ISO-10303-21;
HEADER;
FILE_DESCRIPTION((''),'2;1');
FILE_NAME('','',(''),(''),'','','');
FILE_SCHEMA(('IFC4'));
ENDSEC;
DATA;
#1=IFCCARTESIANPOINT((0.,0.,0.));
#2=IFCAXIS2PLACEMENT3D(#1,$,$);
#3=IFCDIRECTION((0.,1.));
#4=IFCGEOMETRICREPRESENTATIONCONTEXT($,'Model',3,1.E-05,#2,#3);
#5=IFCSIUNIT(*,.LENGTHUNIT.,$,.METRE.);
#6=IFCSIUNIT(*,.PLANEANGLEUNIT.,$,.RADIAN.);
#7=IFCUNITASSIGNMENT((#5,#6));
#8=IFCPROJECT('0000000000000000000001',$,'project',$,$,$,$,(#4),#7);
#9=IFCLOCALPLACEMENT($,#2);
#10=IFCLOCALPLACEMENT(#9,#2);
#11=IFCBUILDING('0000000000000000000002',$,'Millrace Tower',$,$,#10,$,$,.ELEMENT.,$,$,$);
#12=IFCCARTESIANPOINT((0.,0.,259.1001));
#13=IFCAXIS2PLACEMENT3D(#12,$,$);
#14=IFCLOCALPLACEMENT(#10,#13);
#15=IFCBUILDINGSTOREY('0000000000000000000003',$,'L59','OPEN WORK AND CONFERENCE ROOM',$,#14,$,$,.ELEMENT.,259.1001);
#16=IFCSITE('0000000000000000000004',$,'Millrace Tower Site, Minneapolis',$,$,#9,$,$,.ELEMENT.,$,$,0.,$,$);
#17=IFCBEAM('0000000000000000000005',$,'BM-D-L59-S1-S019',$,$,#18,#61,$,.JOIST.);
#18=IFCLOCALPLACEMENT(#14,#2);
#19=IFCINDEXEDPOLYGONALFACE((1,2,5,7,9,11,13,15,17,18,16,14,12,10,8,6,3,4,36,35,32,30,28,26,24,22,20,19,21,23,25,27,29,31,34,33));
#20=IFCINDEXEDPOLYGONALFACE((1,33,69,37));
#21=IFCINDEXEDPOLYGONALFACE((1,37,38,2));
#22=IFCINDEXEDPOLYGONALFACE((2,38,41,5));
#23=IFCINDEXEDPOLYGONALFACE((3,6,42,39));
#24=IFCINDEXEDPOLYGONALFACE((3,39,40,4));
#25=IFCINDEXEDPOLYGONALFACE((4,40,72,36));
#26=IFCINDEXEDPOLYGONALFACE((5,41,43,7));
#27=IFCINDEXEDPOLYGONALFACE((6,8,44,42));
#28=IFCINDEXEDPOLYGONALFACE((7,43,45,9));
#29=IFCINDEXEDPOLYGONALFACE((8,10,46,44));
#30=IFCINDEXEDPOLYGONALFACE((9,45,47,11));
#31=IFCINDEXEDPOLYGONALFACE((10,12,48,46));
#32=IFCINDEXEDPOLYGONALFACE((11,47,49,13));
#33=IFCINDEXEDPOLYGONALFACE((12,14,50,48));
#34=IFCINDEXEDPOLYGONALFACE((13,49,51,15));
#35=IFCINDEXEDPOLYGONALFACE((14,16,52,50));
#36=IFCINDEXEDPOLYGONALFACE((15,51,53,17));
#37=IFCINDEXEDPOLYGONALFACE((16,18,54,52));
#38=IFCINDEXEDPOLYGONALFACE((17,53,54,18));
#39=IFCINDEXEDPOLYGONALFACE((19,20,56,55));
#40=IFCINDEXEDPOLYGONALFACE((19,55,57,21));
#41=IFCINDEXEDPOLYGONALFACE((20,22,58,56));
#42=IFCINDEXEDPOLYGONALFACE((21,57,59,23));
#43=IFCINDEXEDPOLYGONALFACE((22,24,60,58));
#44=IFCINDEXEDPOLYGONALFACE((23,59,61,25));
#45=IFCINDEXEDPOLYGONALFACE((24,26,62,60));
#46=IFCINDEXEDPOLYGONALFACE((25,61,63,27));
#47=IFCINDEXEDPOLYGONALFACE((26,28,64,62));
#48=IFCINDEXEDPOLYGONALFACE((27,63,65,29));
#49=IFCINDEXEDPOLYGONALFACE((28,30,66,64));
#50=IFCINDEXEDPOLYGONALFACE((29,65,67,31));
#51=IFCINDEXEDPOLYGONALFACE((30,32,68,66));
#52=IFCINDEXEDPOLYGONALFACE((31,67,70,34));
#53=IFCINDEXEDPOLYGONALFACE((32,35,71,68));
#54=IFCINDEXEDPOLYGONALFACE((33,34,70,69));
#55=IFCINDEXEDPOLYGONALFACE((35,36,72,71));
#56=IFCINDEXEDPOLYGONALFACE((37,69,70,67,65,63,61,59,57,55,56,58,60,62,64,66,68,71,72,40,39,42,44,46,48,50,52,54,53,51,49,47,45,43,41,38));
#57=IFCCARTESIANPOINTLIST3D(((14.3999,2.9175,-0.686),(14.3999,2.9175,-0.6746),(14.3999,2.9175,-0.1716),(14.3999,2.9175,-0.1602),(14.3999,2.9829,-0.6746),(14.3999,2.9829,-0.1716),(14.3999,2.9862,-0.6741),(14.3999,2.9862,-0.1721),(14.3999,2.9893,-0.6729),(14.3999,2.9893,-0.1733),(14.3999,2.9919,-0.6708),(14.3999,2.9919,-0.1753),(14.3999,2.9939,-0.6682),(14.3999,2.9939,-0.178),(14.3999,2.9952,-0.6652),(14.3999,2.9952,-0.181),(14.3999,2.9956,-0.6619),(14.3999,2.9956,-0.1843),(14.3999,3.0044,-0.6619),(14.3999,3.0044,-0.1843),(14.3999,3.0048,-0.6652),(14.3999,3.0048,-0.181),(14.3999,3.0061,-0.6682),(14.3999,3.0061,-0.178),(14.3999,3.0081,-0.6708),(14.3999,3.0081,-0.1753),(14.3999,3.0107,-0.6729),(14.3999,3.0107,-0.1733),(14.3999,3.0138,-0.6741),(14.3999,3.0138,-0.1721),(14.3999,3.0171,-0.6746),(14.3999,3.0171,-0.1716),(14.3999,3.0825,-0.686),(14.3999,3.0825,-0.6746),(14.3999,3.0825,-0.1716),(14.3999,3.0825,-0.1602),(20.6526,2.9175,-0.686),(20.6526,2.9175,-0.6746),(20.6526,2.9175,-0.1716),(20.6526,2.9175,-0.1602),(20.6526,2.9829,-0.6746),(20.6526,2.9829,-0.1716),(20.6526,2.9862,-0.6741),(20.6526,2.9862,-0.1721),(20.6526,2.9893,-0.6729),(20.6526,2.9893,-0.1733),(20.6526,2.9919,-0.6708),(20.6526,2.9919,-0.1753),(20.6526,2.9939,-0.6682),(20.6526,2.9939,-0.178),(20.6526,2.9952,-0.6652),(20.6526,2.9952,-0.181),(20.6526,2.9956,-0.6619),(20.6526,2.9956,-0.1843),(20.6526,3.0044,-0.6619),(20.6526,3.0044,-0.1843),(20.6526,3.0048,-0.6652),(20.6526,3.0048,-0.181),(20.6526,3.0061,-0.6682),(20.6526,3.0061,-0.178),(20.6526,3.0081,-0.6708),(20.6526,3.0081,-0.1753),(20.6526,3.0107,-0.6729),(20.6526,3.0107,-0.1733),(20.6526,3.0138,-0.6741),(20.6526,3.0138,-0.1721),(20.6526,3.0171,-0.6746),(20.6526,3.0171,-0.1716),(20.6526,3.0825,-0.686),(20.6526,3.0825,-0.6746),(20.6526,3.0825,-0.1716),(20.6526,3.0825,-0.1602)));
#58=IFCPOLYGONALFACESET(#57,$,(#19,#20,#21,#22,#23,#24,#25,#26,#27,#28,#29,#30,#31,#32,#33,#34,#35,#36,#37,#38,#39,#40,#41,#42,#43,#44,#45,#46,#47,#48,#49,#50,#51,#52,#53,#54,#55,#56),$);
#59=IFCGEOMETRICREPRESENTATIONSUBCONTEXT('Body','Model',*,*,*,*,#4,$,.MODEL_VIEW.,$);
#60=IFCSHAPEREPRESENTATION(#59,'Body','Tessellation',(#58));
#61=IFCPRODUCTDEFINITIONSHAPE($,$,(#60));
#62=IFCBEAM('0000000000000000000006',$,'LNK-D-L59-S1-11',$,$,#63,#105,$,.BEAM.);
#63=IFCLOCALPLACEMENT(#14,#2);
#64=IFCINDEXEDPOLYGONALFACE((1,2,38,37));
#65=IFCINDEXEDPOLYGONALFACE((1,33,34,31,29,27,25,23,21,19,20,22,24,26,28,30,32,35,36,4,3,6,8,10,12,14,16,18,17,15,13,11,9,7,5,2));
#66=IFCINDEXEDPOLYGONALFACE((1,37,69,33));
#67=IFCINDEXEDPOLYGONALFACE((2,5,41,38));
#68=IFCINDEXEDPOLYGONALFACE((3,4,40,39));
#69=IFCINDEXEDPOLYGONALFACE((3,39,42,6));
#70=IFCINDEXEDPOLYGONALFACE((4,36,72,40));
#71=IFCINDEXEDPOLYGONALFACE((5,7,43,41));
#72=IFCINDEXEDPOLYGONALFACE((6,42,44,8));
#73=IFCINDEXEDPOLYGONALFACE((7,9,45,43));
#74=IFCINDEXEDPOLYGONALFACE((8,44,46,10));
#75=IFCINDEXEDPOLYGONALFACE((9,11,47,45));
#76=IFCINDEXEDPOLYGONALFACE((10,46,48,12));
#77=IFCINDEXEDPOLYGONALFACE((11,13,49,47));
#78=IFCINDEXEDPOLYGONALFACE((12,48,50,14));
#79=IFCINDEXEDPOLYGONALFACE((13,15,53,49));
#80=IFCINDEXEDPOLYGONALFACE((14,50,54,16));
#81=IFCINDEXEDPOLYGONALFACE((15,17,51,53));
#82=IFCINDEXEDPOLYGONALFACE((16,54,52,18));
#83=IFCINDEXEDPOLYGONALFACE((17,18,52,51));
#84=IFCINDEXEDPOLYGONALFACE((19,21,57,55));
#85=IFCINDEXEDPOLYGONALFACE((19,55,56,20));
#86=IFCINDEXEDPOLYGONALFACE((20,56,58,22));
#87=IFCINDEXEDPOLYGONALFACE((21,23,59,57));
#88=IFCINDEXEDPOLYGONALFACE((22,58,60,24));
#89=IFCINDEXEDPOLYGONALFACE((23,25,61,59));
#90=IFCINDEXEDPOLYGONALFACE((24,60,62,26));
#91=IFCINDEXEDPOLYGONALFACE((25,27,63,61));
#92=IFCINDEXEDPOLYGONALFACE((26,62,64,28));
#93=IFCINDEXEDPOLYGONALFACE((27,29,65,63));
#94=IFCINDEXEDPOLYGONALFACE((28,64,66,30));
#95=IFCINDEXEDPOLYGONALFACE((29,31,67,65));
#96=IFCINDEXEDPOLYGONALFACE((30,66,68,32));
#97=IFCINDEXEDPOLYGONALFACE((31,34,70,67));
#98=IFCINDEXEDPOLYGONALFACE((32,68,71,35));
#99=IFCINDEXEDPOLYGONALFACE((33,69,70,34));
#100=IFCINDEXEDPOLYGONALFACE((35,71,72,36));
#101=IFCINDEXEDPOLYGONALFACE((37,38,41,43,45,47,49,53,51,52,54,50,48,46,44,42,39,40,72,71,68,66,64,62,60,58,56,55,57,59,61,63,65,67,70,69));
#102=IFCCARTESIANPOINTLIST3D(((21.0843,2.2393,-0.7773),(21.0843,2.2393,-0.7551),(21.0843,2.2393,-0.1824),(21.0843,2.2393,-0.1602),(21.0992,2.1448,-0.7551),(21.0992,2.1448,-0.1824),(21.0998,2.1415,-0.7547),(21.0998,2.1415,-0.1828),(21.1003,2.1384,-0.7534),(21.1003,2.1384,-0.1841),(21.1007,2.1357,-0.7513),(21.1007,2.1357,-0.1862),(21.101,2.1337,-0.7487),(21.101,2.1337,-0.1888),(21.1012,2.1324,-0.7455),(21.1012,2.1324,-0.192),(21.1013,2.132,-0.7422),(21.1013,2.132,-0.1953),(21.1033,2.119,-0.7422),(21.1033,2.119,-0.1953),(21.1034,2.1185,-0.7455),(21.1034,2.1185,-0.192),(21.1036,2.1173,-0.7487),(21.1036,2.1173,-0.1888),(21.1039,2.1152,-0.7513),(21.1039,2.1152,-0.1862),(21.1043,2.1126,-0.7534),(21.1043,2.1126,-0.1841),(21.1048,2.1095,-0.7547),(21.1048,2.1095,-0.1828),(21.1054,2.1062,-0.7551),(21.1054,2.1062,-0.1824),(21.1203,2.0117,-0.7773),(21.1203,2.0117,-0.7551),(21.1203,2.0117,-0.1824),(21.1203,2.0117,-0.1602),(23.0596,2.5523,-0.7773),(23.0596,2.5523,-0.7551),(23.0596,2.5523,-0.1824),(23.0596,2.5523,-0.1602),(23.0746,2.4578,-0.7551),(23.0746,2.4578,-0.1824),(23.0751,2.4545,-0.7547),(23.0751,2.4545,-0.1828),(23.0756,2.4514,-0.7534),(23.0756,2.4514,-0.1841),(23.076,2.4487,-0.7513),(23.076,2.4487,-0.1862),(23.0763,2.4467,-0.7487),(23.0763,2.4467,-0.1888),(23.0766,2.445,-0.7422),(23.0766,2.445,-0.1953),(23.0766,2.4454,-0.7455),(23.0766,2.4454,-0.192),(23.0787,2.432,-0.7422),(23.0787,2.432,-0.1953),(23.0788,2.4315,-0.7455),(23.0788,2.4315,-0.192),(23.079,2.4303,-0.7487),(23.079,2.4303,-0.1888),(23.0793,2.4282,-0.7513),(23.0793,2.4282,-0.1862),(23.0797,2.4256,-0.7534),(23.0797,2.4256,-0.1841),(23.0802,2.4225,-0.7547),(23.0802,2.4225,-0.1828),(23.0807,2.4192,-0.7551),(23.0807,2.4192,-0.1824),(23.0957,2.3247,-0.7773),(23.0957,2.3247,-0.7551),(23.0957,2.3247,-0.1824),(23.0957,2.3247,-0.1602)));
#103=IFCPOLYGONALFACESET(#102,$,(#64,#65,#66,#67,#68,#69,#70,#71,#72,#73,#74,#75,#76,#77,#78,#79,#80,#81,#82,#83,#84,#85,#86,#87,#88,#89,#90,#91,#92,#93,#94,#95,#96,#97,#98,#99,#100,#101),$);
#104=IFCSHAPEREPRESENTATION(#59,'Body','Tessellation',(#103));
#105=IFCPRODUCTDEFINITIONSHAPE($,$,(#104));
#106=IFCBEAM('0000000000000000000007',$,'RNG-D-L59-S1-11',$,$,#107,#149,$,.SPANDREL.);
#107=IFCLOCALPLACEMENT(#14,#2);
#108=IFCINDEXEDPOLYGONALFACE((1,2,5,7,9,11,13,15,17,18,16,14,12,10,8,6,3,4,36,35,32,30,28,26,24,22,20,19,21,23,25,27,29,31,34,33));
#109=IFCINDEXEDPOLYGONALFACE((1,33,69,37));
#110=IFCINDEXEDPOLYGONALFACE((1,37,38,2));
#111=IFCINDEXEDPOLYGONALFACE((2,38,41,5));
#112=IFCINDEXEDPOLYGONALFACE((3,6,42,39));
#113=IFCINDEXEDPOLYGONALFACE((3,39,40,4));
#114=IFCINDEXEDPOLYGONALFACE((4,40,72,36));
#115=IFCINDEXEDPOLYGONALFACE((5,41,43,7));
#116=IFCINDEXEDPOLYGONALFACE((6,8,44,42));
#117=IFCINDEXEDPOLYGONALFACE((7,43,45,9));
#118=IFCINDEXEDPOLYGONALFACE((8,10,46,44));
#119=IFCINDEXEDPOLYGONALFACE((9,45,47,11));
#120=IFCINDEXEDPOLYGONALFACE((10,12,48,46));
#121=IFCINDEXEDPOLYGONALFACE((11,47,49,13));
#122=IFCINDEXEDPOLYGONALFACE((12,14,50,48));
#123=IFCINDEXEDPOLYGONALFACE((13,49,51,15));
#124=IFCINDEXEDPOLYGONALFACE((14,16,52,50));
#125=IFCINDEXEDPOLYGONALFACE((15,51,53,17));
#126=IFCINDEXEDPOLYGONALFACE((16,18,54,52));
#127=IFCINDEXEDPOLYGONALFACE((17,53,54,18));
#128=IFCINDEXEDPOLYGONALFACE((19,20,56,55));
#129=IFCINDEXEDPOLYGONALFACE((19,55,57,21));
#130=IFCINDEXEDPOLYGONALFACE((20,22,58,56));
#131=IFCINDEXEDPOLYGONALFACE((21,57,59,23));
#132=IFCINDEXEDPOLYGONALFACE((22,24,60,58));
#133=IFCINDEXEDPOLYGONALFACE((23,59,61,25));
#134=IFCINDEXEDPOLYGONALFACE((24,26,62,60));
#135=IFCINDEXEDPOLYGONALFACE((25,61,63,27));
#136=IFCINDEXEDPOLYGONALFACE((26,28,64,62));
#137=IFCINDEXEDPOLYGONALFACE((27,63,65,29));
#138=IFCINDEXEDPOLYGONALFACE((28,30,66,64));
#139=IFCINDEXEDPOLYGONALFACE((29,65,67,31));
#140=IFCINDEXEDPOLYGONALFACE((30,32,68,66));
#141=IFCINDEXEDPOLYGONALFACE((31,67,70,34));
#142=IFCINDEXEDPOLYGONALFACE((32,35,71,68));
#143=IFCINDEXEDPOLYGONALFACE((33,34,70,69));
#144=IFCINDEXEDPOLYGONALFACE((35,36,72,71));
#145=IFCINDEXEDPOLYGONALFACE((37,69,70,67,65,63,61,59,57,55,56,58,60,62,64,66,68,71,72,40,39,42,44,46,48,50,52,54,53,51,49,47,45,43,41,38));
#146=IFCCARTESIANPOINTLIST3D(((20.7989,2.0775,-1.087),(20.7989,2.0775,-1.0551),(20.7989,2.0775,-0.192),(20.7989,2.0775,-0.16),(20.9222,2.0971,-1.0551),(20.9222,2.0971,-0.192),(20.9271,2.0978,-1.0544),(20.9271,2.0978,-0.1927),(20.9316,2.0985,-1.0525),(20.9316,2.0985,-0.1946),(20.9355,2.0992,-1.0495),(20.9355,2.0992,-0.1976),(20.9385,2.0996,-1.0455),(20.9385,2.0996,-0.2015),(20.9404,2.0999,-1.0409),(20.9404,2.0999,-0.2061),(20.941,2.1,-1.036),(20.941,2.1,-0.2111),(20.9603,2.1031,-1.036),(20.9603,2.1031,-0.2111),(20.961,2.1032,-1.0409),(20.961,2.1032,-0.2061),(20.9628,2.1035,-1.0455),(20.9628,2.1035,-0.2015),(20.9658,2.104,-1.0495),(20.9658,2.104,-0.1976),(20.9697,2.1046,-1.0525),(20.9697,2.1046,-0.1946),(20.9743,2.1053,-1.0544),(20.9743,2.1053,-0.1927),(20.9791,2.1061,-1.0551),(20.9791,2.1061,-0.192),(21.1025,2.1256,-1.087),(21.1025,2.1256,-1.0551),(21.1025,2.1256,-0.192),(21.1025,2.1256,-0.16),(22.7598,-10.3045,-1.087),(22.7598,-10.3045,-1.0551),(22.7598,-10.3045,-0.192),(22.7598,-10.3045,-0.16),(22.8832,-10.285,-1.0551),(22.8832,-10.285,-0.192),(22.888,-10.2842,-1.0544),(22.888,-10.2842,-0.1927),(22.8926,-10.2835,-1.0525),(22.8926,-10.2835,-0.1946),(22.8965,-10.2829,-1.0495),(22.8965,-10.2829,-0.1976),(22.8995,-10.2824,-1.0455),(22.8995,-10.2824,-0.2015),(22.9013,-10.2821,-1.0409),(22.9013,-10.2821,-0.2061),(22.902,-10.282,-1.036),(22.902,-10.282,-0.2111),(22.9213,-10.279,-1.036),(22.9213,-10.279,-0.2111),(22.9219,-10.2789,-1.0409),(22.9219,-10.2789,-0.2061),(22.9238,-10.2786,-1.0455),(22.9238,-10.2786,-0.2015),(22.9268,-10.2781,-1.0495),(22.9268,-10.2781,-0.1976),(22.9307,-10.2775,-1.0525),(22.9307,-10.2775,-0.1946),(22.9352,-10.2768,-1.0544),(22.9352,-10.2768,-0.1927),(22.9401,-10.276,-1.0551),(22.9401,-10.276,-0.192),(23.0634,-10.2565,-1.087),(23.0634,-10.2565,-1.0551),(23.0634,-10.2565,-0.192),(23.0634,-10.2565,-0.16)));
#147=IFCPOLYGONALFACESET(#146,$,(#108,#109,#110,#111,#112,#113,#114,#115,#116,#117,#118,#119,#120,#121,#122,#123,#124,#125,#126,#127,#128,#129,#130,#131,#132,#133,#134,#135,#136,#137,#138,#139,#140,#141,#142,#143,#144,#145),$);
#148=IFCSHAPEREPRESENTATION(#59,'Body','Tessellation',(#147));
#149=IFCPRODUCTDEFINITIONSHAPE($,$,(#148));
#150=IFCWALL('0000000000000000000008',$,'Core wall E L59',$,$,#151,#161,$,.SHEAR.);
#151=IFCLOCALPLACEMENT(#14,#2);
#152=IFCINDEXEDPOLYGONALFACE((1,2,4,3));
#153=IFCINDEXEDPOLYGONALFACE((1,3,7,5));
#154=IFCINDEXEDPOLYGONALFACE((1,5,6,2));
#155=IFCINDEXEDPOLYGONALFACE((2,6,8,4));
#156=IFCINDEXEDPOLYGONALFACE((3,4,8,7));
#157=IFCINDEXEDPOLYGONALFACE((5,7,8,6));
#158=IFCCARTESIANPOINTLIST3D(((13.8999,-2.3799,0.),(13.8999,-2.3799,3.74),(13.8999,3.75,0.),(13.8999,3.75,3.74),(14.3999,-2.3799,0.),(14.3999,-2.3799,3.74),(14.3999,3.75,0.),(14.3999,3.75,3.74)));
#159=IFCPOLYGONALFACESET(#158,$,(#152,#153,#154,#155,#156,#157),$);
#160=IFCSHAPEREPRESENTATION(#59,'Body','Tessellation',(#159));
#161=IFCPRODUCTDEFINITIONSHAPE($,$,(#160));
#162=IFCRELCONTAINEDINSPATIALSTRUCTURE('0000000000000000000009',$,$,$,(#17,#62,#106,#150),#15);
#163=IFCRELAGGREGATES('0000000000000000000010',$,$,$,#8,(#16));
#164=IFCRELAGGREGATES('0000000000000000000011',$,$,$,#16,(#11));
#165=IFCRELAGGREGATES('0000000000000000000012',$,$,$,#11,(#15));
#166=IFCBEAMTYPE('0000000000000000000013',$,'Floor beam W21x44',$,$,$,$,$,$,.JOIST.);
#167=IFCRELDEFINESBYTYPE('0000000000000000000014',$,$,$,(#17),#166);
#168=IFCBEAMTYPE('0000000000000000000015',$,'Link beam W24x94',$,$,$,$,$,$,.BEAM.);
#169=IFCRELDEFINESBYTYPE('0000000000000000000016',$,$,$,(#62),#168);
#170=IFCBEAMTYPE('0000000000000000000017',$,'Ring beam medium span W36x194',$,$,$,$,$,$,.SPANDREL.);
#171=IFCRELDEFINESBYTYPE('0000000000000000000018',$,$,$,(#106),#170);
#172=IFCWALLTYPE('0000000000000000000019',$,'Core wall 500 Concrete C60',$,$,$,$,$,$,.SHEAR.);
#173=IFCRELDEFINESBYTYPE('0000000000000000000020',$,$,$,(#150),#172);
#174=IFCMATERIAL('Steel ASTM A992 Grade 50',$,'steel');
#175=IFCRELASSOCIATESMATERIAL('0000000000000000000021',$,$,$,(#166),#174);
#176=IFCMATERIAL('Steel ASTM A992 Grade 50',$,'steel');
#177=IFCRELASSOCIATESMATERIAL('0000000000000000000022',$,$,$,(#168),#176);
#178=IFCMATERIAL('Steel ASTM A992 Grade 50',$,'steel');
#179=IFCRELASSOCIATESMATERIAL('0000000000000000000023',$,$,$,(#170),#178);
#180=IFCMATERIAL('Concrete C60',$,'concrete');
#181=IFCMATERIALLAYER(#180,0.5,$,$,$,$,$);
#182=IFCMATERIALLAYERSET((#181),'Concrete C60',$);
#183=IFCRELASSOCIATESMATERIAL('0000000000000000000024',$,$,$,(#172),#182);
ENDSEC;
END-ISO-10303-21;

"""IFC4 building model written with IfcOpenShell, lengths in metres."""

from ifc_helpers import new_model, si_unit, direction, frame, frame_2d, origin, origin_2d, place, context, subcontext, project, spatial, rectangle, i_section, extrude, material, layer, layer_set, material_profile, profile_set, type_object, element, save


model = new_model("IFC4")

# Units and contexts
model_context = context("Model", 3, precision=1e-05, world=origin(), true_north=direction((0.0, 1.0)))
body_context = subcontext(model_context, "Body", "Model", "MODEL_VIEW")
ifc_project = project(units=[si_unit("LENGTHUNIT", "METRE"), si_unit("PLANEANGLEUNIT", "RADIAN")], contexts=[model_context])

# Site, building, storey
site_placement = place(None, origin())
site = spatial("IfcSite", under=ifc_project, at=site_placement, Name="Millrace Tower Site, Minneapolis", CompositionType="ELEMENT", RefElevation=0.0)
building_placement = place(site_placement, origin())
building = spatial("IfcBuilding", under=site, at=building_placement, Name="Millrace Tower", CompositionType="ELEMENT")
storey_placement = place(building_placement, frame((0.0, 0.0, 259.1001)))
storey = spatial("IfcBuildingStorey", under=building, at=storey_placement, Name="L59", Description="OPEN WORK AND CONFERENCE ROOM", CompositionType="ELEMENT", Elevation=259.1001)

# Beams
ifc_material_1 = material(Name="Steel ASTM A992 Grade 50", Category="steel")
ifc_material_profile_1 = material_profile(ifc_material_1, i_section(OverallWidth=0.165, OverallDepth=0.5259, WebThickness=0.0088, FlangeThickness=0.0115, FilletRadius=0.0127, at=origin_2d()))
ifc_profile_set_1 = profile_set([ifc_material_profile_1], Name="Steel ASTM A992 Grade 50")
beam_type_1 = type_object("IfcBeamType", Name="Floor beam W21x44", PredefinedType="JOIST", material=ifc_profile_set_1)
beam_1_placement = place(storey_placement, frame((14.3999, 3.0, -0.4231), z_axis=(1.0, 0.0, 0.0), x_axis=(0.0, 1.0, 0.0)))
element("IfcBeam", 1, at=beam_1_placement, inside=storey, type_object=beam_type_1, Name="BM-D-L59-S1-S019", PredefinedType="JOIST", context=body_context, shape_type="SweptSolid", body=[
    extrude(i_section(OverallWidth=0.165, OverallDepth=0.5259, WebThickness=0.0088, FlangeThickness=0.0115, FilletRadius=0.0127, at=origin_2d()), origin(), (0.0, 0.0, 1.0), 6.2527),
])
ifc_material_2 = material(Name="Steel ASTM A992 Grade 50", Category="steel")
ifc_material_profile_2 = material_profile(ifc_material_2, i_section(OverallWidth=0.2305, OverallDepth=0.6172, WebThickness=0.0132, FlangeThickness=0.0222, FilletRadius=0.0129, at=origin_2d()))
ifc_profile_set_2 = profile_set([ifc_material_profile_2], Name="Steel ASTM A992 Grade 50")
beam_type_2 = type_object("IfcBeamType", Name="Link beam W24x94", PredefinedType="BEAM", material=ifc_profile_set_2)
beam_2_placement = place(storey_placement, frame((21.1023, 2.1255, -0.4688), z_axis=(0.987679, 0.156495, 0.0), x_axis=(-0.156495, 0.987679, 0.0)))
element("IfcBeam", 2, at=beam_2_placement, inside=storey, type_object=beam_type_2, Name="LNK-D-L59-S1-11", PredefinedType="BEAM", context=body_context, shape_type="SweptSolid", body=[
    extrude(i_section(OverallWidth=0.2305, OverallDepth=0.6172, WebThickness=0.0132, FlangeThickness=0.0222, FilletRadius=0.0129, at=origin_2d()), origin(), (0.0, 0.0, 1.0), 2.0),
])
ifc_material_3 = material(Name="Steel ASTM A992 Grade 50", Category="steel")
ifc_material_profile_3 = material_profile(ifc_material_3, i_section(OverallWidth=0.3074, OverallDepth=0.927, WebThickness=0.0195, FlangeThickness=0.032, FilletRadius=0.019, at=origin_2d()))
ifc_profile_set_3 = profile_set([ifc_material_profile_3], Name="Steel ASTM A992 Grade 50")
beam_type_3 = type_object("IfcBeamType", Name="Ring beam medium span W36x194", PredefinedType="SPANDREL", material=ifc_profile_set_3)
beam_3_placement = place(storey_placement, frame((20.9507, 2.1016, -0.6235), z_axis=(0.15642, -0.987691, 0.0), x_axis=(0.987691, 0.15642, 0.0)))
element("IfcBeam", 3, at=beam_3_placement, inside=storey, type_object=beam_type_3, Name="RNG-D-L59-S1-11", PredefinedType="SPANDREL", context=body_context, shape_type="SweptSolid", body=[
    extrude(i_section(OverallWidth=0.3074, OverallDepth=0.927, WebThickness=0.0195, FlangeThickness=0.032, FilletRadius=0.019, at=origin_2d()), origin(), (0.0, 0.0, 1.0), 12.5364),
])

# Wall
ifc_material_4 = material(Name="Concrete C60", Category="concrete")
ifc_layer_1 = layer(ifc_material_4, 0.5)
ifc_layer_set_1 = layer_set([ifc_layer_1], Name="Concrete C60")
wall_type_1 = type_object("IfcWallType", Name="Core wall 500 Concrete C60", PredefinedType="SHEAR", material=ifc_layer_set_1)
wall_1_placement = place(storey_placement, frame((14.1499, 3.75, 0.0), z_axis=(0.0, 0.0, 1.0), x_axis=(0.0, -1.0, 0.0)))
element("IfcWall", 4, at=wall_1_placement, inside=storey, type_object=wall_type_1, Name="Core wall E L59", PredefinedType="SHEAR", context=body_context, shape_type="SweptSolid", body=[
    extrude(rectangle(XDim=6.1299, YDim=0.5, at=frame_2d((3.0649, 0.0))), origin(), (0.0, 0.0, 1.0), 3.74),
])

save(model, "model.ifc")
